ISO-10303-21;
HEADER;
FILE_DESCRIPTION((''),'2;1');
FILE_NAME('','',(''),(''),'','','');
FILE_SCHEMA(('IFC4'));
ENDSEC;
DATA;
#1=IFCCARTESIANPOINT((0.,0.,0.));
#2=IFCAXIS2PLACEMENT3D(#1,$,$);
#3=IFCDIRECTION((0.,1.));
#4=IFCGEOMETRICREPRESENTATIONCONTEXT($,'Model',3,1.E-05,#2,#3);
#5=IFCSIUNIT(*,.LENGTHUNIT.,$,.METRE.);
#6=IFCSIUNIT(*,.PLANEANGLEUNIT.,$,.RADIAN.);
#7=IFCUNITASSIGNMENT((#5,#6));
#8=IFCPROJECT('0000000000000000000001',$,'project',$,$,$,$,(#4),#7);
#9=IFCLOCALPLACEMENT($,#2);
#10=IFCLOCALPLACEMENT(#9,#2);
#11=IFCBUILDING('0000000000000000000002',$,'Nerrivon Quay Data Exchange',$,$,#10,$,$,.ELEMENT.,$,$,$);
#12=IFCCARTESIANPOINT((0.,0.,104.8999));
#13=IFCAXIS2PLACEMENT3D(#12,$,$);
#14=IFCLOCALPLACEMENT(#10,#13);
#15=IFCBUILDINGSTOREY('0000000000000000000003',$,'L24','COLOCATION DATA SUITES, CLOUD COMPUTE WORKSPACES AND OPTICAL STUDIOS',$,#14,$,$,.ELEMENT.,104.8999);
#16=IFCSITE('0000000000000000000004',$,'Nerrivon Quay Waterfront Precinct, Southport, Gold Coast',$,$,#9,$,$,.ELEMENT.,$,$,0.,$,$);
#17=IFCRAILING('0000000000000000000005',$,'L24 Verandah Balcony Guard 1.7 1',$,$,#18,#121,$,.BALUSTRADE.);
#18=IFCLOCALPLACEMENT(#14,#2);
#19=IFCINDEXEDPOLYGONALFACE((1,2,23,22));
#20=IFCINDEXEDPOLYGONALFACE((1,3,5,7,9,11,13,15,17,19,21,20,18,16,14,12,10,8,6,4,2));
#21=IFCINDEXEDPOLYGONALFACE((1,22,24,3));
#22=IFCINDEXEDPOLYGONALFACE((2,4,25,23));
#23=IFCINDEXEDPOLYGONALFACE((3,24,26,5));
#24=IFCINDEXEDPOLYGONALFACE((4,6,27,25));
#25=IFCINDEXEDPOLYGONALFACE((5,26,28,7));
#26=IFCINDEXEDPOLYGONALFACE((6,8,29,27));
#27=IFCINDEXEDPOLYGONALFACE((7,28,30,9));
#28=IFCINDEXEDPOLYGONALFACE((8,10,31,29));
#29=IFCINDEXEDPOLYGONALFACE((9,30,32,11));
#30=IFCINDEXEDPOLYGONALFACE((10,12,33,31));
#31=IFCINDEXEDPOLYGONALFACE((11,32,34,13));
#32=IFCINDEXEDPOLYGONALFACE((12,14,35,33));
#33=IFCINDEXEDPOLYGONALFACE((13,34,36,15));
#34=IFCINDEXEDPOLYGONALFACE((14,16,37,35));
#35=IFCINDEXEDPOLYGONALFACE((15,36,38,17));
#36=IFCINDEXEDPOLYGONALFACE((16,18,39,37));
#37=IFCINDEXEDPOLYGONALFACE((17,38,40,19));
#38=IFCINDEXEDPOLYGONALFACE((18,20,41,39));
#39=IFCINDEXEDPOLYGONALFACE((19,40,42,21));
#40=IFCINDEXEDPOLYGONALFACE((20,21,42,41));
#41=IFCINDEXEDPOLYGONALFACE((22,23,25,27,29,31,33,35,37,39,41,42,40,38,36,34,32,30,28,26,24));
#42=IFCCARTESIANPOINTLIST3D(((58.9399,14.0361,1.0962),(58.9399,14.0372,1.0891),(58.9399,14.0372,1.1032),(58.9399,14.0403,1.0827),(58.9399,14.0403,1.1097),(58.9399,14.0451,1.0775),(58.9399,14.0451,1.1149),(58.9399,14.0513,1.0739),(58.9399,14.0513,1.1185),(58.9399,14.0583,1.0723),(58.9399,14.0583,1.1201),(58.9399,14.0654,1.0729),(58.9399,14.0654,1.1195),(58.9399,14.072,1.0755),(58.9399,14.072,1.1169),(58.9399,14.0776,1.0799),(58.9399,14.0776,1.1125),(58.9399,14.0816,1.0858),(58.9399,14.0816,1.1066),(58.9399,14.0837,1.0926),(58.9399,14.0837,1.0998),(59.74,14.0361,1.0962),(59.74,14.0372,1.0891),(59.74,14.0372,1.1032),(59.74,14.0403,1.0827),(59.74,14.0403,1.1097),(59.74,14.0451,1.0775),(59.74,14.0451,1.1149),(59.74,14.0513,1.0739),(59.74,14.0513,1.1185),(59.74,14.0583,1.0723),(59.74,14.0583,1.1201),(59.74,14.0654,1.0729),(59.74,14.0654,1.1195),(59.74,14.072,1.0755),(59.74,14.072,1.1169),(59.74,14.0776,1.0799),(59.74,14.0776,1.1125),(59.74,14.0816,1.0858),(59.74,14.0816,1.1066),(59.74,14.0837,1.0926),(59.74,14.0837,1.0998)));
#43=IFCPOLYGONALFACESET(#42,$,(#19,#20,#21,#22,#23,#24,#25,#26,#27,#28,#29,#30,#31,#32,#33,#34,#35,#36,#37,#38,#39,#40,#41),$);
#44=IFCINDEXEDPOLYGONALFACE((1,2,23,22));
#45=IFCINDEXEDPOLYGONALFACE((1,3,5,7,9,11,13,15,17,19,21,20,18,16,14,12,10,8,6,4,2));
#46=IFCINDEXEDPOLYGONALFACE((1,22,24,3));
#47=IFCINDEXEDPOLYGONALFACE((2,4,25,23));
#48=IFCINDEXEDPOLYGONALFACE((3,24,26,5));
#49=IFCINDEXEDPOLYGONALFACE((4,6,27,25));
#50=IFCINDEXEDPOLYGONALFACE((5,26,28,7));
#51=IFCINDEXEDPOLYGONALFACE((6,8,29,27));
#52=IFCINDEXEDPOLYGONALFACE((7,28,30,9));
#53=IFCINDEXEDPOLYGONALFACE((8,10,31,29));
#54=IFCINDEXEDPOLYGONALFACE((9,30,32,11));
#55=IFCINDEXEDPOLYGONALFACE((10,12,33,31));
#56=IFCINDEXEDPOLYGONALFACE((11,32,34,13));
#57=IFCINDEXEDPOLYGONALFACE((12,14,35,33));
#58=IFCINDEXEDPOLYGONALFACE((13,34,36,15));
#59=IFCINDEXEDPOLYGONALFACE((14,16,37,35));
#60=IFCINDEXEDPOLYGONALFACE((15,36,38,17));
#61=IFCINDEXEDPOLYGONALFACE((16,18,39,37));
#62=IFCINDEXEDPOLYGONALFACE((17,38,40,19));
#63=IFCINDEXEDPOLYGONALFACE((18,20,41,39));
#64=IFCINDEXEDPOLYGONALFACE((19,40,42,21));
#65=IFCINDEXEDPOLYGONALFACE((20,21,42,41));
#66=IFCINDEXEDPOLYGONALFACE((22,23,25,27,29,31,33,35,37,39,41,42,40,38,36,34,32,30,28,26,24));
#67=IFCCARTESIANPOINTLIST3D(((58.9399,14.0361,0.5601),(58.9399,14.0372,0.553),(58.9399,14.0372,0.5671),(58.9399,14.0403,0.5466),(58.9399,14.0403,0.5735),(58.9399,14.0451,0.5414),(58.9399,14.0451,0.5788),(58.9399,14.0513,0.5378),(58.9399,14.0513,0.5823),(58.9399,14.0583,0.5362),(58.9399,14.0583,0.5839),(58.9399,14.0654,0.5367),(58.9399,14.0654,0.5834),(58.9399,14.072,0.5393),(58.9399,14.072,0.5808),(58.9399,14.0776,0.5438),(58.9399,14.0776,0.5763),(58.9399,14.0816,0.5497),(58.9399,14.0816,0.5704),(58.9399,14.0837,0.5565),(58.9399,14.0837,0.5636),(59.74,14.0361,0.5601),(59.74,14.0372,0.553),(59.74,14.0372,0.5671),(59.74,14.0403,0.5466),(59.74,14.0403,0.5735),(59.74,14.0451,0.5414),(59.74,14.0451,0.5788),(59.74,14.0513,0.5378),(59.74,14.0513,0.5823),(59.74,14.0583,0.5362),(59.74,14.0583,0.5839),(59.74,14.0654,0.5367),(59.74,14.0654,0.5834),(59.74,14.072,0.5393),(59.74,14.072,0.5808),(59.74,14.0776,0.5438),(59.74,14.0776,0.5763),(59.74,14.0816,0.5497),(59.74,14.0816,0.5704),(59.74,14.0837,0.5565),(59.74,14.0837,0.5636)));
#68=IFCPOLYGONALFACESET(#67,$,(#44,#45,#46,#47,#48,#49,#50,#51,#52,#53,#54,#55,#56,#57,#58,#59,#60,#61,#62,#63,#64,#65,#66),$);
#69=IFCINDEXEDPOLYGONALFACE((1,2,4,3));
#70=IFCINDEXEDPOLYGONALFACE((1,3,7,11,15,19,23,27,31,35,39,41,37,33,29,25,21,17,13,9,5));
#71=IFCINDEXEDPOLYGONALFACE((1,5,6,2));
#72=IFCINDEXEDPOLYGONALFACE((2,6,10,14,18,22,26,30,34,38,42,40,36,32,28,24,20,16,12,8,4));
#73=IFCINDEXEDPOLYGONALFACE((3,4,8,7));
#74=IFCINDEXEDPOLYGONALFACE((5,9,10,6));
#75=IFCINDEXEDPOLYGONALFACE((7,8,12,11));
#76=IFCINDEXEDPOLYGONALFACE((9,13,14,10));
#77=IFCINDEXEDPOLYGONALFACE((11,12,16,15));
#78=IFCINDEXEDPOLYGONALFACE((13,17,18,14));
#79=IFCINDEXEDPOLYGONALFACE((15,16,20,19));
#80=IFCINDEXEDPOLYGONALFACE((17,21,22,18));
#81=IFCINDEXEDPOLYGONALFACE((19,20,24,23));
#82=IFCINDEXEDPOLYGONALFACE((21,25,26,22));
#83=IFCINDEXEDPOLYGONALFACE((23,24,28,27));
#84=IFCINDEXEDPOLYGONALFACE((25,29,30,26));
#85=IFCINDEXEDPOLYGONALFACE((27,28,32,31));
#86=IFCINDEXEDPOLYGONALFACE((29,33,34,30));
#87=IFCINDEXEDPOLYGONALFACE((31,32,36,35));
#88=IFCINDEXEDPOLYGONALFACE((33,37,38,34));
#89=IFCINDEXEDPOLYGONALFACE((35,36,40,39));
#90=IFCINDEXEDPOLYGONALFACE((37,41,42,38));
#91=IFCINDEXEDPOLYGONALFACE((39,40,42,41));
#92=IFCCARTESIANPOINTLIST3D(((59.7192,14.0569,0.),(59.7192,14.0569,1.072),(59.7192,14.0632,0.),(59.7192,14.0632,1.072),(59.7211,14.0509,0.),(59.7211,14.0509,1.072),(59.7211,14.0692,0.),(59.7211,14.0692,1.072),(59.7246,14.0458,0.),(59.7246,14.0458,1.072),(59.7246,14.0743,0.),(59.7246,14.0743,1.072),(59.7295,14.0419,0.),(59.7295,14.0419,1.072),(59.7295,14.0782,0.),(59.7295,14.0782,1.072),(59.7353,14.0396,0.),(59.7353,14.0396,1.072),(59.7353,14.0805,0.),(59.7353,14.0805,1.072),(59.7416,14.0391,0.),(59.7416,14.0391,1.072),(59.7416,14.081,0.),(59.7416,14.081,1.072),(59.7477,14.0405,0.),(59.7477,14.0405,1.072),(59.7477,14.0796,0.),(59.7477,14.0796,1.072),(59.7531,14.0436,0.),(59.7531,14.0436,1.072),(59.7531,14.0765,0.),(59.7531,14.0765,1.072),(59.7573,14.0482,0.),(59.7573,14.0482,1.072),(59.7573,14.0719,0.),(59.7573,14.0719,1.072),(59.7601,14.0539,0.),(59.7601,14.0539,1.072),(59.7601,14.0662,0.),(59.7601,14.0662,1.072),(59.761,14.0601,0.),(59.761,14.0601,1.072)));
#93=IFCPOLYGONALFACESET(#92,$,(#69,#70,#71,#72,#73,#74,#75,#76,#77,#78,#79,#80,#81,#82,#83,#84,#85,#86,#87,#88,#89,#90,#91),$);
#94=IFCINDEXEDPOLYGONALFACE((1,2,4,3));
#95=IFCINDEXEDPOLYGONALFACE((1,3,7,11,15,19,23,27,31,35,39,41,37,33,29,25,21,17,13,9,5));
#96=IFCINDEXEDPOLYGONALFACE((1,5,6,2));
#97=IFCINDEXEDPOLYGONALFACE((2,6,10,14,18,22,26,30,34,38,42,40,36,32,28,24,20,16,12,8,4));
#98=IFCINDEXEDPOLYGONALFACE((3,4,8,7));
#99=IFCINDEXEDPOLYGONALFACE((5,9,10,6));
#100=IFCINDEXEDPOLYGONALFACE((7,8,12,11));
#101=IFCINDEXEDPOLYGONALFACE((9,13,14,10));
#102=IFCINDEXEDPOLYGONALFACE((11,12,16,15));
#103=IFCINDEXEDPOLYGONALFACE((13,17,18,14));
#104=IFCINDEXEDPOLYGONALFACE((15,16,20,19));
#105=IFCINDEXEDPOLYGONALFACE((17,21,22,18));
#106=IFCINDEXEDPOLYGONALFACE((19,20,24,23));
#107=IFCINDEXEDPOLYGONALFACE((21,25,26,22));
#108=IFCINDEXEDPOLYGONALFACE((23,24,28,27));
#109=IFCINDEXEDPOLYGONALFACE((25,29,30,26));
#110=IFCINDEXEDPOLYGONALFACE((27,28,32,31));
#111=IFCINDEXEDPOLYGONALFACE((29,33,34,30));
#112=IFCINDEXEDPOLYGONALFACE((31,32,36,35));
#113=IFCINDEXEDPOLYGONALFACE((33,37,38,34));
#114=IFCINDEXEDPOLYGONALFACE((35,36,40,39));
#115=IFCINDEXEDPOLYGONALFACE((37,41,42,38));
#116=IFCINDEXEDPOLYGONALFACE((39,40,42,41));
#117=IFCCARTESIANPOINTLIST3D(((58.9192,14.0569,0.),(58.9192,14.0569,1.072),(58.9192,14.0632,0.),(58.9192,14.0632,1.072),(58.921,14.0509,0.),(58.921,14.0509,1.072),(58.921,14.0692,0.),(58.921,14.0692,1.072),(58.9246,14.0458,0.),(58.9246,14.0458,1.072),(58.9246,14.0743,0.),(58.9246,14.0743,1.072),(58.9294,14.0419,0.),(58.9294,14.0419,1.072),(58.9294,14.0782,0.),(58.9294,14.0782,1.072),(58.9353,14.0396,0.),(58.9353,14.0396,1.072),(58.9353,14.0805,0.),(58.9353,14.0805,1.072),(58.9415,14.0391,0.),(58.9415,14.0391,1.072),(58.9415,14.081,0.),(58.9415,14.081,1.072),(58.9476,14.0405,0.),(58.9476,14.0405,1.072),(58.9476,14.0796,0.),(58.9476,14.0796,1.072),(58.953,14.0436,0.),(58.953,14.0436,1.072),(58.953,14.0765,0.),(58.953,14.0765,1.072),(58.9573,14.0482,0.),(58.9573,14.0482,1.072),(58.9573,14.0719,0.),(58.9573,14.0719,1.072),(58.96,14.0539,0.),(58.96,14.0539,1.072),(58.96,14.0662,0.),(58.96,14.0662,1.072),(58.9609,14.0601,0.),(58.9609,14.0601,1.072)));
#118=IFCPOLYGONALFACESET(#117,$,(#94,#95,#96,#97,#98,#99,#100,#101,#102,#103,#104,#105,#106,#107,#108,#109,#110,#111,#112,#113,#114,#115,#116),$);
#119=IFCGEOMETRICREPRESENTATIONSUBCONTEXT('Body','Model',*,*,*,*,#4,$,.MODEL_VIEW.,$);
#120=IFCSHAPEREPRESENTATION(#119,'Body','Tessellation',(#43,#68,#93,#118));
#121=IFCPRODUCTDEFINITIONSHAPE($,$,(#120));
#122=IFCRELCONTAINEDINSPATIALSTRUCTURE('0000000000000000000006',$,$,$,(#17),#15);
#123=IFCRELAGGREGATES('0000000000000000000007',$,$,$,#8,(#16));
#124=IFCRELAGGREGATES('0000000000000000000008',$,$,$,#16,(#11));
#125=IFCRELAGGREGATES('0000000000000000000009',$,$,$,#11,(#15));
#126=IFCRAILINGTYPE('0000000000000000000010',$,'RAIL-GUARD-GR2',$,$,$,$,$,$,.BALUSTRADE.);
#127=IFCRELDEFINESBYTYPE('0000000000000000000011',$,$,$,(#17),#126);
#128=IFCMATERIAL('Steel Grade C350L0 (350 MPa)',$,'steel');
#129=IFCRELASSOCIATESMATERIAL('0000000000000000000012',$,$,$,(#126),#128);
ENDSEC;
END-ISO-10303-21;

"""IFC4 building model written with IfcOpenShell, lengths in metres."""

from ifc_helpers import new_model, si_unit, direction, frame, origin, origin_2d, place, context, subcontext, project, spatial, circle, extrude, material, type_object, element, save


model = new_model("IFC4")

# Units and contexts
model_context = context("Model", 3, precision=1e-05, world=origin(), true_north=direction((0.0, 1.0)))
body_context = subcontext(model_context, "Body", "Model", "MODEL_VIEW")
ifc_project = project(units=[si_unit("LENGTHUNIT", "METRE"), si_unit("PLANEANGLEUNIT", "RADIAN")], contexts=[model_context])

# Site, building, storey
site_placement = place(None, origin())
site = spatial("IfcSite", under=ifc_project, at=site_placement, Name="Nerrivon Quay Waterfront Precinct, Southport, Gold Coast", CompositionType="ELEMENT", RefElevation=0.0)
building_placement = place(site_placement, origin())
building = spatial("IfcBuilding", under=site, at=building_placement, Name="Nerrivon Quay Data Exchange", CompositionType="ELEMENT")
storey_placement = place(building_placement, frame((0.0, 0.0, 104.8999)))
storey = spatial("IfcBuildingStorey", under=building, at=storey_placement, Name="L24", Description="COLOCATION DATA SUITES, CLOUD COMPUTE WORKSPACES AND OPTICAL STUDIOS", CompositionType="ELEMENT", Elevation=104.8999)

# Railing
ifc_material_1 = material(Name="Steel Grade C350L0 (350 MPa)", Category="steel")
railing_type = type_object("IfcRailingType", Name="RAIL-GUARD-GR2", PredefinedType="BALUSTRADE", material=ifc_material_1)
railing_1_placement = place(storey_placement, frame((59.74, 14.0601, 0.0)))
element("IfcRailing", 1, at=railing_1_placement, inside=storey, type_object=railing_type, Name="L24 Verandah Balcony Guard 1.7 1", PredefinedType="BALUSTRADE", context=body_context, shape_type="SweptSolid", body=[
    extrude(circle(Radius=0.0239, at=origin_2d()), frame((0.0, 0.0, 1.0962), z_axis=(-1.0, 0.0, 0.0), x_axis=(0.0, -1.0, 0.0)), (0.0, 0.0, 1.0), 0.8),
    extrude(circle(Radius=0.0239, at=origin_2d()), frame((0.0, 0.0, 0.5601), z_axis=(-1.0, 0.0, 0.0), x_axis=(0.0, -1.0, 0.0)), (0.0, 0.0, 1.0), 0.8),
    extrude(circle(Radius=0.021, at=origin_2d()), origin(), (0.0, 0.0, 1.0), 1.072),
    extrude(circle(Radius=0.021, at=origin_2d()), frame((-0.8, 0.0, 0.0)), (0.0, 0.0, 1.0), 1.072),
])

save(model, "model.ifc")
